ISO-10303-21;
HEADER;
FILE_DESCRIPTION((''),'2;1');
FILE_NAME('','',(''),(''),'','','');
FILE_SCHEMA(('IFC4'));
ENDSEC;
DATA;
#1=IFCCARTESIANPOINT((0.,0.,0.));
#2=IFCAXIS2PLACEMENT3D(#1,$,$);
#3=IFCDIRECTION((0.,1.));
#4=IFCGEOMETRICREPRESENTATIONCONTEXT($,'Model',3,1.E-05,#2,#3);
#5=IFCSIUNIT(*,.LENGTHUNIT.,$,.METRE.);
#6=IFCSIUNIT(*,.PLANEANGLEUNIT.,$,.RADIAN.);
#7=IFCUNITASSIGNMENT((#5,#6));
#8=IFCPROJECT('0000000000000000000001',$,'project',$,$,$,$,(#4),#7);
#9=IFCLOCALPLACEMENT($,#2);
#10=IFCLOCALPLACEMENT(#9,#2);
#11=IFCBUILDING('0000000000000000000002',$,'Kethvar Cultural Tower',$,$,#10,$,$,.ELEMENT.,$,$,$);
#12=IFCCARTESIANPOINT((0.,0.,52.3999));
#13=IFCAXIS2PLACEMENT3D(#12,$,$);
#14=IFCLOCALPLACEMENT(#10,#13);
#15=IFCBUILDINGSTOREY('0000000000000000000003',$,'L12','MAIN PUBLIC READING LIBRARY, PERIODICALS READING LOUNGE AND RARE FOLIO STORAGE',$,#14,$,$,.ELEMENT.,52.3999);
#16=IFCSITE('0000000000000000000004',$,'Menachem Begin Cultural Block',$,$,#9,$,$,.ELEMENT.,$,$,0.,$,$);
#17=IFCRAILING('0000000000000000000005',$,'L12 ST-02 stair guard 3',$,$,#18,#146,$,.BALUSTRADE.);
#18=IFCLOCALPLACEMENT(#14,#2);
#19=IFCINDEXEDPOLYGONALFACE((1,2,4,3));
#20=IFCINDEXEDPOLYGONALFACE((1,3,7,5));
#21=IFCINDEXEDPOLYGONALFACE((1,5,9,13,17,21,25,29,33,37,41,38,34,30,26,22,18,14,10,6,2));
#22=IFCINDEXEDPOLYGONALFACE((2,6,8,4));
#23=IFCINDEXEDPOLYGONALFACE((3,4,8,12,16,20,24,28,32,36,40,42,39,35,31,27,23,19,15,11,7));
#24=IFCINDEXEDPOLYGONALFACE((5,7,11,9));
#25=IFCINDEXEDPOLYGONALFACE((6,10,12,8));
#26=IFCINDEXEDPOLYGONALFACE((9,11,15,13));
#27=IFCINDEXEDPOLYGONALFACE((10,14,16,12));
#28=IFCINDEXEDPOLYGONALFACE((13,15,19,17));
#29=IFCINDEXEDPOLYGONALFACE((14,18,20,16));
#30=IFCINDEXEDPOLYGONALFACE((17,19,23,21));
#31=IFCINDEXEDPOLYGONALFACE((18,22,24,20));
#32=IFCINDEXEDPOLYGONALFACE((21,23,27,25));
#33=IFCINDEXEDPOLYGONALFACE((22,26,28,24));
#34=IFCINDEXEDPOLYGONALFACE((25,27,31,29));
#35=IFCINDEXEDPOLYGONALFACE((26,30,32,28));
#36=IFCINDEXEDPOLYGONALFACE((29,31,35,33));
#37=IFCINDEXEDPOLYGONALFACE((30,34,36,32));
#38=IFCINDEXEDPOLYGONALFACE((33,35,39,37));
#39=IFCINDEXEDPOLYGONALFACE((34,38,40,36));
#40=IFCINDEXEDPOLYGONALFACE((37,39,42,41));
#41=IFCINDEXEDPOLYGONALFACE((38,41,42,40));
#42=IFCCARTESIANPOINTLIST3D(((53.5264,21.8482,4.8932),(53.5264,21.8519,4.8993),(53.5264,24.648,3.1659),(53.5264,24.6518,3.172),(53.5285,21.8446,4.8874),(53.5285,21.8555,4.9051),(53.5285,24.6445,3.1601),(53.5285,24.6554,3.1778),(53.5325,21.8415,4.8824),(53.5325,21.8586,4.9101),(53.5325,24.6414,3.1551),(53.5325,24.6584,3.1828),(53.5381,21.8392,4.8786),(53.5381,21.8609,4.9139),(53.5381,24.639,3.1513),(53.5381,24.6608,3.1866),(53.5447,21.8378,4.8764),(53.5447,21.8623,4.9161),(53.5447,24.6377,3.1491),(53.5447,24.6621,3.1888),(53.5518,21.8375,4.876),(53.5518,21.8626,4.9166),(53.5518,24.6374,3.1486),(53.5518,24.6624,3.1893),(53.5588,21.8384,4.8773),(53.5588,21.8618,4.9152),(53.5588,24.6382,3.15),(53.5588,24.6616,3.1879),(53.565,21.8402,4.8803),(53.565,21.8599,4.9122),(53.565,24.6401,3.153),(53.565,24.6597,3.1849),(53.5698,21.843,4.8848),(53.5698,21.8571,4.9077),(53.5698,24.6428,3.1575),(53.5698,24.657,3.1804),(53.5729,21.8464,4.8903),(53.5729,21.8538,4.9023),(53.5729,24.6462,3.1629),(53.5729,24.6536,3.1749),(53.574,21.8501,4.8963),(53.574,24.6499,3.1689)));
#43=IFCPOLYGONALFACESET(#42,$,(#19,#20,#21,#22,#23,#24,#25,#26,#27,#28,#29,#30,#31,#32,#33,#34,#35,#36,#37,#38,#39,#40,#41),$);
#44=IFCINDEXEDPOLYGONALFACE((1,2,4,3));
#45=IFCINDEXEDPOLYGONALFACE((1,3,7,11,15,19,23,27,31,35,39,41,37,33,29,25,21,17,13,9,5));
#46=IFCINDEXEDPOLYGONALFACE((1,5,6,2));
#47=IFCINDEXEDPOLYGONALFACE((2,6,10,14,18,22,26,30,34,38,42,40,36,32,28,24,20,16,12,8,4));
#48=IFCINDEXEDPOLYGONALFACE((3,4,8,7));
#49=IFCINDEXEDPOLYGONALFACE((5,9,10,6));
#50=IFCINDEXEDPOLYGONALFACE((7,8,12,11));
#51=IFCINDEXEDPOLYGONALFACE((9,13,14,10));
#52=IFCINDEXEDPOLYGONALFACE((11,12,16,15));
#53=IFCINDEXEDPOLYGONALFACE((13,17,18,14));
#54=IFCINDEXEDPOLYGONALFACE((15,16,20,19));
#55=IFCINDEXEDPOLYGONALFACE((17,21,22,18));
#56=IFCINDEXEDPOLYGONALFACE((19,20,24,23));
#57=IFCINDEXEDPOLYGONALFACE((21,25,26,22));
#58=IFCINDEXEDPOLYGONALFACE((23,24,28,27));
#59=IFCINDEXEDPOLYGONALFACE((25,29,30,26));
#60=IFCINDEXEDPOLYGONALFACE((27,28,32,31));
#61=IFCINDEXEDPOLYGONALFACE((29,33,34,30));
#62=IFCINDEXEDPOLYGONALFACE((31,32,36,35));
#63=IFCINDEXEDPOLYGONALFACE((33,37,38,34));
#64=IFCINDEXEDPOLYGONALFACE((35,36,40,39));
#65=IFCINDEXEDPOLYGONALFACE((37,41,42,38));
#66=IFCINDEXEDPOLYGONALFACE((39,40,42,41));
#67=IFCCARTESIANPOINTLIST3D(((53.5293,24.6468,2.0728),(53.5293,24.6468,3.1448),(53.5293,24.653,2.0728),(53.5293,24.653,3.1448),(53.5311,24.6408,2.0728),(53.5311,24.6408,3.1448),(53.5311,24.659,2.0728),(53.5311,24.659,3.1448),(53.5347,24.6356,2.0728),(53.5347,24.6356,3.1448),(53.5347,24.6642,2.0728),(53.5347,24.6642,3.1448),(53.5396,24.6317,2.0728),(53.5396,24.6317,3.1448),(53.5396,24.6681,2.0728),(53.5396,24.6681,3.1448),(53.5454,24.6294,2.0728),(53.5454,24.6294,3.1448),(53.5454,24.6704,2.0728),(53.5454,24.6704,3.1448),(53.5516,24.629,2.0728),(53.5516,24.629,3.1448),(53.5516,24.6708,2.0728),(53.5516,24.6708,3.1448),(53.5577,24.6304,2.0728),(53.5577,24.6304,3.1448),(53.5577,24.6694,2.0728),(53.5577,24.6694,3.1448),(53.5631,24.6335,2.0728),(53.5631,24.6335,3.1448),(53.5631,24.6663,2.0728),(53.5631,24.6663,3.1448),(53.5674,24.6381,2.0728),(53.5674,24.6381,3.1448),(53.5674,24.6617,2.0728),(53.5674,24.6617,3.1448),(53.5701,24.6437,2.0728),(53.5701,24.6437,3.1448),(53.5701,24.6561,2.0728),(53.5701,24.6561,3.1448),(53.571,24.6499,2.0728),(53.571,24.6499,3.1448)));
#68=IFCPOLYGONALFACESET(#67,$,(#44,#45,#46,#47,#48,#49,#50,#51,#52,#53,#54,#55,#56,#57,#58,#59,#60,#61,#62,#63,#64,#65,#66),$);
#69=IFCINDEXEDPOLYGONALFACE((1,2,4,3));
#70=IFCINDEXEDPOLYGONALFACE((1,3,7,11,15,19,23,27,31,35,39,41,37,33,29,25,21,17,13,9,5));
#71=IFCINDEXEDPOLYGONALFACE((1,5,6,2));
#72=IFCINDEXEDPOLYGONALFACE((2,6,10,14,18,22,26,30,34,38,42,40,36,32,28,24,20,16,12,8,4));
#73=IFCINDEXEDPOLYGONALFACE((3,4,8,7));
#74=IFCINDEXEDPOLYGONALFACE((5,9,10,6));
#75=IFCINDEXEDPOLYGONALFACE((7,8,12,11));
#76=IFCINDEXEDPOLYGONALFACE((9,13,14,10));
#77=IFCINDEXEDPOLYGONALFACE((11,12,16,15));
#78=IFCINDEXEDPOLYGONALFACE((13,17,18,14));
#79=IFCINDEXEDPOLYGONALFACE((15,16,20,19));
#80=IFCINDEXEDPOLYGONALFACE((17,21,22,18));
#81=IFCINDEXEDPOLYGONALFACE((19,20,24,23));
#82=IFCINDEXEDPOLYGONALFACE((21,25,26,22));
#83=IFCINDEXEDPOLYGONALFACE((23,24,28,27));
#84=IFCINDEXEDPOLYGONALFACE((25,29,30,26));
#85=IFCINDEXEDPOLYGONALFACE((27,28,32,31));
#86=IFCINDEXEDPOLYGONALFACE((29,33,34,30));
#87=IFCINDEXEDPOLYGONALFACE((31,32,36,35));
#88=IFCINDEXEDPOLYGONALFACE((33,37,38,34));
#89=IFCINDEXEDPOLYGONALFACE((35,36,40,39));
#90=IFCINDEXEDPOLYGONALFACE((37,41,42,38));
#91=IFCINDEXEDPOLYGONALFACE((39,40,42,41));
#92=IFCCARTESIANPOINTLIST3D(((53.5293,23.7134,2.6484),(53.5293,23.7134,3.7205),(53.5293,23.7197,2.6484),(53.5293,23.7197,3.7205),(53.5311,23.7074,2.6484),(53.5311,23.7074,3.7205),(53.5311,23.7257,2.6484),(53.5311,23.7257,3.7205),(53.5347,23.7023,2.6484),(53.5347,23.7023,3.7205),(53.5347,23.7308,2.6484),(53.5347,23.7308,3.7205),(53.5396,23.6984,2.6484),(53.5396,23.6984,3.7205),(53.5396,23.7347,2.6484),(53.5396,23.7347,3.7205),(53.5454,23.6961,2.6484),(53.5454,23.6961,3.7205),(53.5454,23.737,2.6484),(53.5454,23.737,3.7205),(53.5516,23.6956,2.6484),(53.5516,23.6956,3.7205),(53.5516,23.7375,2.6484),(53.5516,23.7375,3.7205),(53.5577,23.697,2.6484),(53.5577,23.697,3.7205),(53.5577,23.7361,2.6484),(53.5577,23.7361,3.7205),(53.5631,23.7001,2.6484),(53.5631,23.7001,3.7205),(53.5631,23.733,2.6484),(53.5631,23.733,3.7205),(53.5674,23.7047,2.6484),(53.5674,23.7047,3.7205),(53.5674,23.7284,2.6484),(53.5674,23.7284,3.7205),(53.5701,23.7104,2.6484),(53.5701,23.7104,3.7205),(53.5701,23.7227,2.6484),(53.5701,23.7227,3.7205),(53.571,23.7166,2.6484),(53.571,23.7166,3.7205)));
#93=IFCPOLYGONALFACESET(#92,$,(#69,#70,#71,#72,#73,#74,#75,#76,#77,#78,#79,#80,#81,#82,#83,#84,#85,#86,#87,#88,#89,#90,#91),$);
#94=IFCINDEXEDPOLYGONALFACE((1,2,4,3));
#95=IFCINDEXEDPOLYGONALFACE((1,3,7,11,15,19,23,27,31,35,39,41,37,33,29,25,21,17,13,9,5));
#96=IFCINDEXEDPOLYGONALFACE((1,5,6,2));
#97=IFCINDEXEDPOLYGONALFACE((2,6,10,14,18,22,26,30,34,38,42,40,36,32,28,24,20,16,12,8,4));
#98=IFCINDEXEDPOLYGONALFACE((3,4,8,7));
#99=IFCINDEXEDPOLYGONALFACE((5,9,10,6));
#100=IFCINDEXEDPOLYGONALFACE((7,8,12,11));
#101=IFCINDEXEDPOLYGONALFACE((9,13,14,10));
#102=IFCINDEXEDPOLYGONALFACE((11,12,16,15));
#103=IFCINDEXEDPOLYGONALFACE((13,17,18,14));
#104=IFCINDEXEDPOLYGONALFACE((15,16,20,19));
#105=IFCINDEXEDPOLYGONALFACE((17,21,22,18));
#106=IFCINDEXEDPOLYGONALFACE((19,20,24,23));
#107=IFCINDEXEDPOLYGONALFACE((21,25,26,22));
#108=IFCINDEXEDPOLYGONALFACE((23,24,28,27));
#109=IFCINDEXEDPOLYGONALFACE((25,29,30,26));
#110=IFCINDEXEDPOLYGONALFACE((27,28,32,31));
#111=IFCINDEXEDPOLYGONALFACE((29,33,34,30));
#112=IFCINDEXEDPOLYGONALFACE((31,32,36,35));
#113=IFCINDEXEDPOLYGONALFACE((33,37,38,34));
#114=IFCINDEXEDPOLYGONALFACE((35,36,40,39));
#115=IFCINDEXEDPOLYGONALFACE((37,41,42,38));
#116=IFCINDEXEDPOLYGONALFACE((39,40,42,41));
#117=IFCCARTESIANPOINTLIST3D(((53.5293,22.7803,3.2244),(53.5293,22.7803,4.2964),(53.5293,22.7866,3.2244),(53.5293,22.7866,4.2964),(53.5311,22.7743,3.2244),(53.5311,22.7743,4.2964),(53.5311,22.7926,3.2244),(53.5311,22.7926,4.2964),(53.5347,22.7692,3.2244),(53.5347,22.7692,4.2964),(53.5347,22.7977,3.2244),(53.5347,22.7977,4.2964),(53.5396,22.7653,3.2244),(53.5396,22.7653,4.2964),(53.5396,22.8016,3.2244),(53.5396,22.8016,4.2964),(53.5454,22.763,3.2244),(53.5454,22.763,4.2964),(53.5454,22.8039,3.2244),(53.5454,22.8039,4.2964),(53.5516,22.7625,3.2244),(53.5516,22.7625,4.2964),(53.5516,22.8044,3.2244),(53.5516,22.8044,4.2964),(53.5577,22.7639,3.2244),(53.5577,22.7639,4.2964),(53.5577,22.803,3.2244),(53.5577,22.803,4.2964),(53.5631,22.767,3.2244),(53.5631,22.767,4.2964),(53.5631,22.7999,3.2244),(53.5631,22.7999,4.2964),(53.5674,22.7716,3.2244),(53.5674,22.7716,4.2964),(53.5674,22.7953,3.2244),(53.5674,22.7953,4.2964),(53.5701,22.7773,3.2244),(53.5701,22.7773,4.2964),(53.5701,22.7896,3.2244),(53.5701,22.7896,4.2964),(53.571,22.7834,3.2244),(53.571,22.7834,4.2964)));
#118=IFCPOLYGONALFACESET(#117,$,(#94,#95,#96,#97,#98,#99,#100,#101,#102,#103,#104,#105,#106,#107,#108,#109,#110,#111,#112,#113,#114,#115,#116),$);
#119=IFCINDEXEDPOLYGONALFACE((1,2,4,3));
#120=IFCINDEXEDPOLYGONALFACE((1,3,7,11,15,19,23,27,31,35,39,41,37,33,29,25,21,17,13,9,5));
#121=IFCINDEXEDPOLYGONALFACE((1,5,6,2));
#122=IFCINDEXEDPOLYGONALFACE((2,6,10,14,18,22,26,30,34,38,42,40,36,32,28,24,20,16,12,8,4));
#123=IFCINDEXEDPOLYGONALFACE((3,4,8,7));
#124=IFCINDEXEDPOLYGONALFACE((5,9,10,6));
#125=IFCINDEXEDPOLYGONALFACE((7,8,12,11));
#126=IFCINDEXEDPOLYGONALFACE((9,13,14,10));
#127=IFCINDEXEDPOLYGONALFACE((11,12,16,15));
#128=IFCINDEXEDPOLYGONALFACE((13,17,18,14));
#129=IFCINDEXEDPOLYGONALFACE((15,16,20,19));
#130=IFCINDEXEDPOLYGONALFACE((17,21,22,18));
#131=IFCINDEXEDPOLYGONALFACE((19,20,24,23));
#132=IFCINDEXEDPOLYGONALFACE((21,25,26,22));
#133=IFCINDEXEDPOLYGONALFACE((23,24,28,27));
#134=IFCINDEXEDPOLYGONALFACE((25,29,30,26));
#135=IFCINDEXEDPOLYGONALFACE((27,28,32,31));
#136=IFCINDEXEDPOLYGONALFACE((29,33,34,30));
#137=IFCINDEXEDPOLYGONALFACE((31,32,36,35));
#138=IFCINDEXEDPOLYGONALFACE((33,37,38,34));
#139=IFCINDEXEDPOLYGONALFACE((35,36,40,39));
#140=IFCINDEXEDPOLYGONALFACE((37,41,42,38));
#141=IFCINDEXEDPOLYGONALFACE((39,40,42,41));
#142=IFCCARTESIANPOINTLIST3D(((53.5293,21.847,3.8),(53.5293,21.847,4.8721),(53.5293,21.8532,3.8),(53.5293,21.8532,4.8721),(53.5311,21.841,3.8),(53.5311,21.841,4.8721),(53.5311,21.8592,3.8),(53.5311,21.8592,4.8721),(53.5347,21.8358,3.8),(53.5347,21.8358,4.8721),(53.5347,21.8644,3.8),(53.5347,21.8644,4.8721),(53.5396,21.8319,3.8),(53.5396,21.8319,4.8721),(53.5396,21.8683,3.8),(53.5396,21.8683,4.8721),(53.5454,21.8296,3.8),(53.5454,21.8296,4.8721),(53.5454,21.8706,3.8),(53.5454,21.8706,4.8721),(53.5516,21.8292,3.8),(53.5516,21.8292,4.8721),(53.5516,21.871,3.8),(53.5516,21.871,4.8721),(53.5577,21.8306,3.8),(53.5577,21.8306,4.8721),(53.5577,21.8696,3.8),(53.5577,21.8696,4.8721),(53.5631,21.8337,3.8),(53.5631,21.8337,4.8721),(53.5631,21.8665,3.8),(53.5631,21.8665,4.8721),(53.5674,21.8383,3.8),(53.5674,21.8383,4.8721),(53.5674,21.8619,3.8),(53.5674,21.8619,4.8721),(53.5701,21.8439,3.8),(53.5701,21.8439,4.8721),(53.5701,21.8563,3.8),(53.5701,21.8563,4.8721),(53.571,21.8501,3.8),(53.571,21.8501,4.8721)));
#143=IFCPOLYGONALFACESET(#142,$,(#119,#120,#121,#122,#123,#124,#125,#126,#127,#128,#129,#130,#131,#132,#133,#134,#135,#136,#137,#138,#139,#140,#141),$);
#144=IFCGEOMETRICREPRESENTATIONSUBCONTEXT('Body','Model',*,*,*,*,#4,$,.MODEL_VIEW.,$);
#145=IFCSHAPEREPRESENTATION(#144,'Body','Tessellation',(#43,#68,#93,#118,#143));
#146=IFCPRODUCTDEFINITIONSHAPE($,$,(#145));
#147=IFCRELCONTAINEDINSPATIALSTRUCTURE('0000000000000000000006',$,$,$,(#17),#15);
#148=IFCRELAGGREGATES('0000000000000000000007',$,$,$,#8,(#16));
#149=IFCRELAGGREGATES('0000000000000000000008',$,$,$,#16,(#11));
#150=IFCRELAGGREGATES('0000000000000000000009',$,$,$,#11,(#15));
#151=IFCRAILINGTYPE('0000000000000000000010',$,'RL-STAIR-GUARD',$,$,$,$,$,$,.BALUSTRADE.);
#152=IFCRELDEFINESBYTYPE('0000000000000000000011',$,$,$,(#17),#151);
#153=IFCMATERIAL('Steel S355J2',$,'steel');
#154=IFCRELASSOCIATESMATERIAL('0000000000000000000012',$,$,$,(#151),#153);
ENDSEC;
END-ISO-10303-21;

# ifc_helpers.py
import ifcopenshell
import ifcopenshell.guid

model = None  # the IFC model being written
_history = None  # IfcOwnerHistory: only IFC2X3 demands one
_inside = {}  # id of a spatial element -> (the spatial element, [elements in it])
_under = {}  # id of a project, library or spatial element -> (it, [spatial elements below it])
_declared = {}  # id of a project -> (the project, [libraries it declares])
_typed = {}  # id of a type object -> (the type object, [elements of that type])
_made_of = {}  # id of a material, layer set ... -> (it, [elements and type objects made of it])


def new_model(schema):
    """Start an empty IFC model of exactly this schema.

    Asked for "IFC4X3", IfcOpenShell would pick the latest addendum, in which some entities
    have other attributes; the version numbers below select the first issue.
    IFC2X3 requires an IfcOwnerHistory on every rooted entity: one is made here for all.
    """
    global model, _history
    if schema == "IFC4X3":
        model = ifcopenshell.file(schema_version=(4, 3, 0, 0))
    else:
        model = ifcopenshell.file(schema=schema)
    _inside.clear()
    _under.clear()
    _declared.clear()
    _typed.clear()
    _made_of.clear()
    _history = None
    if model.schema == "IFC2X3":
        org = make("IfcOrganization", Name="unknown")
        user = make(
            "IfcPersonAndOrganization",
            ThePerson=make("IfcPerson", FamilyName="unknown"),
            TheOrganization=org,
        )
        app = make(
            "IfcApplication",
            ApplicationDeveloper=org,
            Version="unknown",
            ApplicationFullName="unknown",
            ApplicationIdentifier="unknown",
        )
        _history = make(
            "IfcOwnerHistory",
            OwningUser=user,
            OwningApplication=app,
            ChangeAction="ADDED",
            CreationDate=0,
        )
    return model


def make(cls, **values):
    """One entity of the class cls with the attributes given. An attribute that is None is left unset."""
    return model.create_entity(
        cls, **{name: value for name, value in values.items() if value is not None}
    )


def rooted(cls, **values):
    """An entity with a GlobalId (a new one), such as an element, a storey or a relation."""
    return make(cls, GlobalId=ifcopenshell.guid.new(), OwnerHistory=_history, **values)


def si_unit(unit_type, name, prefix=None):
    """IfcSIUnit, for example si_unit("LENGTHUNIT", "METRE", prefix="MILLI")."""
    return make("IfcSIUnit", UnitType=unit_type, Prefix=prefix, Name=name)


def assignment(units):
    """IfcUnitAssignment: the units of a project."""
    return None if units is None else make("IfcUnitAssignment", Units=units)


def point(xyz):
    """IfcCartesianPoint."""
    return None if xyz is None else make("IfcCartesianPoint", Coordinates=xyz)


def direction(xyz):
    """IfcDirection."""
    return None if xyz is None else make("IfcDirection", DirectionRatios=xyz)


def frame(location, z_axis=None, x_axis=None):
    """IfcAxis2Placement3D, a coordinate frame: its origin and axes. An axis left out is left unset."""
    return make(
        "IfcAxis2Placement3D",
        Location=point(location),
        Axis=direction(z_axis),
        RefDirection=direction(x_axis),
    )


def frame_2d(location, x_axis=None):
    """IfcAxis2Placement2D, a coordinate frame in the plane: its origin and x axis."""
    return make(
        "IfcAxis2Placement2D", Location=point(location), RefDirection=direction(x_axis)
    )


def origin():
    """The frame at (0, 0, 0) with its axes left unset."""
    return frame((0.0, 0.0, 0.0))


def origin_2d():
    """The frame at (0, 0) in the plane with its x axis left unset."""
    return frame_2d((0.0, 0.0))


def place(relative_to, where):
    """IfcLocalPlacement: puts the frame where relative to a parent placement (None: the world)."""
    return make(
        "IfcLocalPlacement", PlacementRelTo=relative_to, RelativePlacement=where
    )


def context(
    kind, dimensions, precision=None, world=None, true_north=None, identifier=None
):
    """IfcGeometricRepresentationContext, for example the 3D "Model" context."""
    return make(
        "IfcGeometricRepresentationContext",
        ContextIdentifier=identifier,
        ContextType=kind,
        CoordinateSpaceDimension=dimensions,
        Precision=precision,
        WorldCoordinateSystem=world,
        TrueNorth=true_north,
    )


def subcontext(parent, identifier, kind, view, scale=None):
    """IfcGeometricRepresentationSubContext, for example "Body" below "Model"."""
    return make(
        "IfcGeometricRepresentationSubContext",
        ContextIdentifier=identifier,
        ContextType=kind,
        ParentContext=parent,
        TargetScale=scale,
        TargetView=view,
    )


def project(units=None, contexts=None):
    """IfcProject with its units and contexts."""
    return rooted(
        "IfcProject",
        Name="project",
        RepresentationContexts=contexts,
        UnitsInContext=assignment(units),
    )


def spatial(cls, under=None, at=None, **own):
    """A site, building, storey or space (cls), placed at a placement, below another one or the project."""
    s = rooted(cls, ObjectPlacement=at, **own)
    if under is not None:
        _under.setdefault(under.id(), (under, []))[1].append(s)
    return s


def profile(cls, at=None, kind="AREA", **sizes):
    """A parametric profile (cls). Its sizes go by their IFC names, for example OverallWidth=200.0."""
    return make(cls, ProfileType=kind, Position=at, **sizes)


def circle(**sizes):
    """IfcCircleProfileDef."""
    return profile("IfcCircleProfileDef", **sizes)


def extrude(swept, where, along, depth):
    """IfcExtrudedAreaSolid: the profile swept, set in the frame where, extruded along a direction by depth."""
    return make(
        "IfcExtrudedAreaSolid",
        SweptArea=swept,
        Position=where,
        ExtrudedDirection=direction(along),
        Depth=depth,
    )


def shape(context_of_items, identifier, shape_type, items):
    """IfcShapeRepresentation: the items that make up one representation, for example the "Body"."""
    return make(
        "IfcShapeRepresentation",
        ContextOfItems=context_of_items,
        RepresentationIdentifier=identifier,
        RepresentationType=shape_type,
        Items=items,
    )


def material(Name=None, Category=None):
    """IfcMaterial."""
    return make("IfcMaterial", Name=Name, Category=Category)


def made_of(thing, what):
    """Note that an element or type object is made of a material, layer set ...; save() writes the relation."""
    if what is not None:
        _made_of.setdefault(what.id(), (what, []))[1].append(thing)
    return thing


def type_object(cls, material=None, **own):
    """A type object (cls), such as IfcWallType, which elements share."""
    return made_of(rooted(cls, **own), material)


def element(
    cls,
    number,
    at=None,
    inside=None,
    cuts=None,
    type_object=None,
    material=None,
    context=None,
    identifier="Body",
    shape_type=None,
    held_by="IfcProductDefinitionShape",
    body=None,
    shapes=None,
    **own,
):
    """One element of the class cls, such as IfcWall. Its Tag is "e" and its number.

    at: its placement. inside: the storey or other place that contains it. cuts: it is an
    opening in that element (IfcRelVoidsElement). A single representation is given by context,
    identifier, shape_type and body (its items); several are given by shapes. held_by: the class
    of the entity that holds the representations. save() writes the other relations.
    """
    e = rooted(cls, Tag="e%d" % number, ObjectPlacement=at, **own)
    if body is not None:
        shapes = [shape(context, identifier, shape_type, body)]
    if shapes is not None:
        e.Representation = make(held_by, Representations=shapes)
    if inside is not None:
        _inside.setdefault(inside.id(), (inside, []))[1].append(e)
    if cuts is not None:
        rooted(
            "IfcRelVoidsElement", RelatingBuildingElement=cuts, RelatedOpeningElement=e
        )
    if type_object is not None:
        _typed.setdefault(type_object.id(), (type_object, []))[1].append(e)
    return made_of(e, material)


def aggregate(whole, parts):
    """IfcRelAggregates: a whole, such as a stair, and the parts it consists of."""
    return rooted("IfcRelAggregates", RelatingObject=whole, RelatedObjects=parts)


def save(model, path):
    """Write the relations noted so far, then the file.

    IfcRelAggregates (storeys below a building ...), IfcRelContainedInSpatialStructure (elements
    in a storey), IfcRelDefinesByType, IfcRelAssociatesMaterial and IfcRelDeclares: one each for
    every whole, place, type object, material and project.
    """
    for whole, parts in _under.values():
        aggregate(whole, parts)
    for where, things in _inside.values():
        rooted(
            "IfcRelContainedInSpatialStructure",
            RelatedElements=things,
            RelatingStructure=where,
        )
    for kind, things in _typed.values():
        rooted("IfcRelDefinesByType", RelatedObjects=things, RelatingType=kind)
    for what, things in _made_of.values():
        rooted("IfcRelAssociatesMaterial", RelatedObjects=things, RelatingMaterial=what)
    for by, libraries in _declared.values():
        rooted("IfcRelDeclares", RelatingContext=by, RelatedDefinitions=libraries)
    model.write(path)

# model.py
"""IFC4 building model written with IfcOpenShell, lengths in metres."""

from ifc_helpers import new_model, si_unit, direction, frame, origin, origin_2d, place, context, subcontext, project, spatial, circle, extrude, material, type_object, element, save


model = new_model("IFC4")

# Units and contexts
model_context = context("Model", 3, precision=1e-05, world=origin(), true_north=direction((0.0, 1.0)))
body_context = subcontext(model_context, "Body", "Model", "MODEL_VIEW")
ifc_project = project(units=[si_unit("LENGTHUNIT", "METRE"), si_unit("PLANEANGLEUNIT", "RADIAN")], contexts=[model_context])

# Site, building, storey
site_placement = place(None, origin())
site = spatial("IfcSite", under=ifc_project, at=site_placement, Name="Menachem Begin Cultural Block", CompositionType="ELEMENT", RefElevation=0.0)
building_placement = place(site_placement, origin())
building = spatial("IfcBuilding", under=site, at=building_placement, Name="Kethvar Cultural Tower", CompositionType="ELEMENT")
storey_placement = place(building_placement, frame((0.0, 0.0, 52.3999)))
storey = spatial("IfcBuildingStorey", under=building, at=storey_placement, Name="L12", Description="MAIN PUBLIC READING LIBRARY, PERIODICALS READING LOUNGE AND RARE FOLIO STORAGE", CompositionType="ELEMENT", Elevation=52.3999)

# Shared definitions
ifc_material_1 = material(Name="Steel S355J2", Category="steel")

# Railing
railing_type_1 = type_object("IfcRailingType", Name="RL-STAIR-GUARD", PredefinedType="BALUSTRADE", material=ifc_material_1)
railing_1_placement = place(storey_placement, frame((53.55, 24.6499, 2.0728)))
element("IfcRailing", 1, at=railing_1_placement, inside=storey, type_object=railing_type_1, Name="L12 ST-02 stair guard 3", PredefinedType="BALUSTRADE", context=body_context, shape_type="SweptSolid", body=[
    extrude(circle(Radius=0.0239, at=origin_2d()), frame((0.0, 0.0, 1.0962), z_axis=(0.0, -0.851069, 0.525054), x_axis=(1.0, 0.0, 0.0)), (0.0, 0.0, 1.0), 3.2898),
    extrude(circle(Radius=0.021, at=origin_2d()), origin(), (0.0, 0.0, 1.0), 1.072),
    extrude(circle(Radius=0.021, at=origin_2d()), frame((0.0, -0.9333, 0.5757)), (0.0, 0.0, 1.0), 1.072),
    extrude(circle(Radius=0.021, at=origin_2d()), frame((0.0, -1.8665, 1.1516)), (0.0, 0.0, 1.0), 1.072),
    extrude(circle(Radius=0.021, at=origin_2d()), frame((0.0, -2.7998, 1.7273)), (0.0, 0.0, 1.0), 1.072),
])

save(model, "model.ifc")
